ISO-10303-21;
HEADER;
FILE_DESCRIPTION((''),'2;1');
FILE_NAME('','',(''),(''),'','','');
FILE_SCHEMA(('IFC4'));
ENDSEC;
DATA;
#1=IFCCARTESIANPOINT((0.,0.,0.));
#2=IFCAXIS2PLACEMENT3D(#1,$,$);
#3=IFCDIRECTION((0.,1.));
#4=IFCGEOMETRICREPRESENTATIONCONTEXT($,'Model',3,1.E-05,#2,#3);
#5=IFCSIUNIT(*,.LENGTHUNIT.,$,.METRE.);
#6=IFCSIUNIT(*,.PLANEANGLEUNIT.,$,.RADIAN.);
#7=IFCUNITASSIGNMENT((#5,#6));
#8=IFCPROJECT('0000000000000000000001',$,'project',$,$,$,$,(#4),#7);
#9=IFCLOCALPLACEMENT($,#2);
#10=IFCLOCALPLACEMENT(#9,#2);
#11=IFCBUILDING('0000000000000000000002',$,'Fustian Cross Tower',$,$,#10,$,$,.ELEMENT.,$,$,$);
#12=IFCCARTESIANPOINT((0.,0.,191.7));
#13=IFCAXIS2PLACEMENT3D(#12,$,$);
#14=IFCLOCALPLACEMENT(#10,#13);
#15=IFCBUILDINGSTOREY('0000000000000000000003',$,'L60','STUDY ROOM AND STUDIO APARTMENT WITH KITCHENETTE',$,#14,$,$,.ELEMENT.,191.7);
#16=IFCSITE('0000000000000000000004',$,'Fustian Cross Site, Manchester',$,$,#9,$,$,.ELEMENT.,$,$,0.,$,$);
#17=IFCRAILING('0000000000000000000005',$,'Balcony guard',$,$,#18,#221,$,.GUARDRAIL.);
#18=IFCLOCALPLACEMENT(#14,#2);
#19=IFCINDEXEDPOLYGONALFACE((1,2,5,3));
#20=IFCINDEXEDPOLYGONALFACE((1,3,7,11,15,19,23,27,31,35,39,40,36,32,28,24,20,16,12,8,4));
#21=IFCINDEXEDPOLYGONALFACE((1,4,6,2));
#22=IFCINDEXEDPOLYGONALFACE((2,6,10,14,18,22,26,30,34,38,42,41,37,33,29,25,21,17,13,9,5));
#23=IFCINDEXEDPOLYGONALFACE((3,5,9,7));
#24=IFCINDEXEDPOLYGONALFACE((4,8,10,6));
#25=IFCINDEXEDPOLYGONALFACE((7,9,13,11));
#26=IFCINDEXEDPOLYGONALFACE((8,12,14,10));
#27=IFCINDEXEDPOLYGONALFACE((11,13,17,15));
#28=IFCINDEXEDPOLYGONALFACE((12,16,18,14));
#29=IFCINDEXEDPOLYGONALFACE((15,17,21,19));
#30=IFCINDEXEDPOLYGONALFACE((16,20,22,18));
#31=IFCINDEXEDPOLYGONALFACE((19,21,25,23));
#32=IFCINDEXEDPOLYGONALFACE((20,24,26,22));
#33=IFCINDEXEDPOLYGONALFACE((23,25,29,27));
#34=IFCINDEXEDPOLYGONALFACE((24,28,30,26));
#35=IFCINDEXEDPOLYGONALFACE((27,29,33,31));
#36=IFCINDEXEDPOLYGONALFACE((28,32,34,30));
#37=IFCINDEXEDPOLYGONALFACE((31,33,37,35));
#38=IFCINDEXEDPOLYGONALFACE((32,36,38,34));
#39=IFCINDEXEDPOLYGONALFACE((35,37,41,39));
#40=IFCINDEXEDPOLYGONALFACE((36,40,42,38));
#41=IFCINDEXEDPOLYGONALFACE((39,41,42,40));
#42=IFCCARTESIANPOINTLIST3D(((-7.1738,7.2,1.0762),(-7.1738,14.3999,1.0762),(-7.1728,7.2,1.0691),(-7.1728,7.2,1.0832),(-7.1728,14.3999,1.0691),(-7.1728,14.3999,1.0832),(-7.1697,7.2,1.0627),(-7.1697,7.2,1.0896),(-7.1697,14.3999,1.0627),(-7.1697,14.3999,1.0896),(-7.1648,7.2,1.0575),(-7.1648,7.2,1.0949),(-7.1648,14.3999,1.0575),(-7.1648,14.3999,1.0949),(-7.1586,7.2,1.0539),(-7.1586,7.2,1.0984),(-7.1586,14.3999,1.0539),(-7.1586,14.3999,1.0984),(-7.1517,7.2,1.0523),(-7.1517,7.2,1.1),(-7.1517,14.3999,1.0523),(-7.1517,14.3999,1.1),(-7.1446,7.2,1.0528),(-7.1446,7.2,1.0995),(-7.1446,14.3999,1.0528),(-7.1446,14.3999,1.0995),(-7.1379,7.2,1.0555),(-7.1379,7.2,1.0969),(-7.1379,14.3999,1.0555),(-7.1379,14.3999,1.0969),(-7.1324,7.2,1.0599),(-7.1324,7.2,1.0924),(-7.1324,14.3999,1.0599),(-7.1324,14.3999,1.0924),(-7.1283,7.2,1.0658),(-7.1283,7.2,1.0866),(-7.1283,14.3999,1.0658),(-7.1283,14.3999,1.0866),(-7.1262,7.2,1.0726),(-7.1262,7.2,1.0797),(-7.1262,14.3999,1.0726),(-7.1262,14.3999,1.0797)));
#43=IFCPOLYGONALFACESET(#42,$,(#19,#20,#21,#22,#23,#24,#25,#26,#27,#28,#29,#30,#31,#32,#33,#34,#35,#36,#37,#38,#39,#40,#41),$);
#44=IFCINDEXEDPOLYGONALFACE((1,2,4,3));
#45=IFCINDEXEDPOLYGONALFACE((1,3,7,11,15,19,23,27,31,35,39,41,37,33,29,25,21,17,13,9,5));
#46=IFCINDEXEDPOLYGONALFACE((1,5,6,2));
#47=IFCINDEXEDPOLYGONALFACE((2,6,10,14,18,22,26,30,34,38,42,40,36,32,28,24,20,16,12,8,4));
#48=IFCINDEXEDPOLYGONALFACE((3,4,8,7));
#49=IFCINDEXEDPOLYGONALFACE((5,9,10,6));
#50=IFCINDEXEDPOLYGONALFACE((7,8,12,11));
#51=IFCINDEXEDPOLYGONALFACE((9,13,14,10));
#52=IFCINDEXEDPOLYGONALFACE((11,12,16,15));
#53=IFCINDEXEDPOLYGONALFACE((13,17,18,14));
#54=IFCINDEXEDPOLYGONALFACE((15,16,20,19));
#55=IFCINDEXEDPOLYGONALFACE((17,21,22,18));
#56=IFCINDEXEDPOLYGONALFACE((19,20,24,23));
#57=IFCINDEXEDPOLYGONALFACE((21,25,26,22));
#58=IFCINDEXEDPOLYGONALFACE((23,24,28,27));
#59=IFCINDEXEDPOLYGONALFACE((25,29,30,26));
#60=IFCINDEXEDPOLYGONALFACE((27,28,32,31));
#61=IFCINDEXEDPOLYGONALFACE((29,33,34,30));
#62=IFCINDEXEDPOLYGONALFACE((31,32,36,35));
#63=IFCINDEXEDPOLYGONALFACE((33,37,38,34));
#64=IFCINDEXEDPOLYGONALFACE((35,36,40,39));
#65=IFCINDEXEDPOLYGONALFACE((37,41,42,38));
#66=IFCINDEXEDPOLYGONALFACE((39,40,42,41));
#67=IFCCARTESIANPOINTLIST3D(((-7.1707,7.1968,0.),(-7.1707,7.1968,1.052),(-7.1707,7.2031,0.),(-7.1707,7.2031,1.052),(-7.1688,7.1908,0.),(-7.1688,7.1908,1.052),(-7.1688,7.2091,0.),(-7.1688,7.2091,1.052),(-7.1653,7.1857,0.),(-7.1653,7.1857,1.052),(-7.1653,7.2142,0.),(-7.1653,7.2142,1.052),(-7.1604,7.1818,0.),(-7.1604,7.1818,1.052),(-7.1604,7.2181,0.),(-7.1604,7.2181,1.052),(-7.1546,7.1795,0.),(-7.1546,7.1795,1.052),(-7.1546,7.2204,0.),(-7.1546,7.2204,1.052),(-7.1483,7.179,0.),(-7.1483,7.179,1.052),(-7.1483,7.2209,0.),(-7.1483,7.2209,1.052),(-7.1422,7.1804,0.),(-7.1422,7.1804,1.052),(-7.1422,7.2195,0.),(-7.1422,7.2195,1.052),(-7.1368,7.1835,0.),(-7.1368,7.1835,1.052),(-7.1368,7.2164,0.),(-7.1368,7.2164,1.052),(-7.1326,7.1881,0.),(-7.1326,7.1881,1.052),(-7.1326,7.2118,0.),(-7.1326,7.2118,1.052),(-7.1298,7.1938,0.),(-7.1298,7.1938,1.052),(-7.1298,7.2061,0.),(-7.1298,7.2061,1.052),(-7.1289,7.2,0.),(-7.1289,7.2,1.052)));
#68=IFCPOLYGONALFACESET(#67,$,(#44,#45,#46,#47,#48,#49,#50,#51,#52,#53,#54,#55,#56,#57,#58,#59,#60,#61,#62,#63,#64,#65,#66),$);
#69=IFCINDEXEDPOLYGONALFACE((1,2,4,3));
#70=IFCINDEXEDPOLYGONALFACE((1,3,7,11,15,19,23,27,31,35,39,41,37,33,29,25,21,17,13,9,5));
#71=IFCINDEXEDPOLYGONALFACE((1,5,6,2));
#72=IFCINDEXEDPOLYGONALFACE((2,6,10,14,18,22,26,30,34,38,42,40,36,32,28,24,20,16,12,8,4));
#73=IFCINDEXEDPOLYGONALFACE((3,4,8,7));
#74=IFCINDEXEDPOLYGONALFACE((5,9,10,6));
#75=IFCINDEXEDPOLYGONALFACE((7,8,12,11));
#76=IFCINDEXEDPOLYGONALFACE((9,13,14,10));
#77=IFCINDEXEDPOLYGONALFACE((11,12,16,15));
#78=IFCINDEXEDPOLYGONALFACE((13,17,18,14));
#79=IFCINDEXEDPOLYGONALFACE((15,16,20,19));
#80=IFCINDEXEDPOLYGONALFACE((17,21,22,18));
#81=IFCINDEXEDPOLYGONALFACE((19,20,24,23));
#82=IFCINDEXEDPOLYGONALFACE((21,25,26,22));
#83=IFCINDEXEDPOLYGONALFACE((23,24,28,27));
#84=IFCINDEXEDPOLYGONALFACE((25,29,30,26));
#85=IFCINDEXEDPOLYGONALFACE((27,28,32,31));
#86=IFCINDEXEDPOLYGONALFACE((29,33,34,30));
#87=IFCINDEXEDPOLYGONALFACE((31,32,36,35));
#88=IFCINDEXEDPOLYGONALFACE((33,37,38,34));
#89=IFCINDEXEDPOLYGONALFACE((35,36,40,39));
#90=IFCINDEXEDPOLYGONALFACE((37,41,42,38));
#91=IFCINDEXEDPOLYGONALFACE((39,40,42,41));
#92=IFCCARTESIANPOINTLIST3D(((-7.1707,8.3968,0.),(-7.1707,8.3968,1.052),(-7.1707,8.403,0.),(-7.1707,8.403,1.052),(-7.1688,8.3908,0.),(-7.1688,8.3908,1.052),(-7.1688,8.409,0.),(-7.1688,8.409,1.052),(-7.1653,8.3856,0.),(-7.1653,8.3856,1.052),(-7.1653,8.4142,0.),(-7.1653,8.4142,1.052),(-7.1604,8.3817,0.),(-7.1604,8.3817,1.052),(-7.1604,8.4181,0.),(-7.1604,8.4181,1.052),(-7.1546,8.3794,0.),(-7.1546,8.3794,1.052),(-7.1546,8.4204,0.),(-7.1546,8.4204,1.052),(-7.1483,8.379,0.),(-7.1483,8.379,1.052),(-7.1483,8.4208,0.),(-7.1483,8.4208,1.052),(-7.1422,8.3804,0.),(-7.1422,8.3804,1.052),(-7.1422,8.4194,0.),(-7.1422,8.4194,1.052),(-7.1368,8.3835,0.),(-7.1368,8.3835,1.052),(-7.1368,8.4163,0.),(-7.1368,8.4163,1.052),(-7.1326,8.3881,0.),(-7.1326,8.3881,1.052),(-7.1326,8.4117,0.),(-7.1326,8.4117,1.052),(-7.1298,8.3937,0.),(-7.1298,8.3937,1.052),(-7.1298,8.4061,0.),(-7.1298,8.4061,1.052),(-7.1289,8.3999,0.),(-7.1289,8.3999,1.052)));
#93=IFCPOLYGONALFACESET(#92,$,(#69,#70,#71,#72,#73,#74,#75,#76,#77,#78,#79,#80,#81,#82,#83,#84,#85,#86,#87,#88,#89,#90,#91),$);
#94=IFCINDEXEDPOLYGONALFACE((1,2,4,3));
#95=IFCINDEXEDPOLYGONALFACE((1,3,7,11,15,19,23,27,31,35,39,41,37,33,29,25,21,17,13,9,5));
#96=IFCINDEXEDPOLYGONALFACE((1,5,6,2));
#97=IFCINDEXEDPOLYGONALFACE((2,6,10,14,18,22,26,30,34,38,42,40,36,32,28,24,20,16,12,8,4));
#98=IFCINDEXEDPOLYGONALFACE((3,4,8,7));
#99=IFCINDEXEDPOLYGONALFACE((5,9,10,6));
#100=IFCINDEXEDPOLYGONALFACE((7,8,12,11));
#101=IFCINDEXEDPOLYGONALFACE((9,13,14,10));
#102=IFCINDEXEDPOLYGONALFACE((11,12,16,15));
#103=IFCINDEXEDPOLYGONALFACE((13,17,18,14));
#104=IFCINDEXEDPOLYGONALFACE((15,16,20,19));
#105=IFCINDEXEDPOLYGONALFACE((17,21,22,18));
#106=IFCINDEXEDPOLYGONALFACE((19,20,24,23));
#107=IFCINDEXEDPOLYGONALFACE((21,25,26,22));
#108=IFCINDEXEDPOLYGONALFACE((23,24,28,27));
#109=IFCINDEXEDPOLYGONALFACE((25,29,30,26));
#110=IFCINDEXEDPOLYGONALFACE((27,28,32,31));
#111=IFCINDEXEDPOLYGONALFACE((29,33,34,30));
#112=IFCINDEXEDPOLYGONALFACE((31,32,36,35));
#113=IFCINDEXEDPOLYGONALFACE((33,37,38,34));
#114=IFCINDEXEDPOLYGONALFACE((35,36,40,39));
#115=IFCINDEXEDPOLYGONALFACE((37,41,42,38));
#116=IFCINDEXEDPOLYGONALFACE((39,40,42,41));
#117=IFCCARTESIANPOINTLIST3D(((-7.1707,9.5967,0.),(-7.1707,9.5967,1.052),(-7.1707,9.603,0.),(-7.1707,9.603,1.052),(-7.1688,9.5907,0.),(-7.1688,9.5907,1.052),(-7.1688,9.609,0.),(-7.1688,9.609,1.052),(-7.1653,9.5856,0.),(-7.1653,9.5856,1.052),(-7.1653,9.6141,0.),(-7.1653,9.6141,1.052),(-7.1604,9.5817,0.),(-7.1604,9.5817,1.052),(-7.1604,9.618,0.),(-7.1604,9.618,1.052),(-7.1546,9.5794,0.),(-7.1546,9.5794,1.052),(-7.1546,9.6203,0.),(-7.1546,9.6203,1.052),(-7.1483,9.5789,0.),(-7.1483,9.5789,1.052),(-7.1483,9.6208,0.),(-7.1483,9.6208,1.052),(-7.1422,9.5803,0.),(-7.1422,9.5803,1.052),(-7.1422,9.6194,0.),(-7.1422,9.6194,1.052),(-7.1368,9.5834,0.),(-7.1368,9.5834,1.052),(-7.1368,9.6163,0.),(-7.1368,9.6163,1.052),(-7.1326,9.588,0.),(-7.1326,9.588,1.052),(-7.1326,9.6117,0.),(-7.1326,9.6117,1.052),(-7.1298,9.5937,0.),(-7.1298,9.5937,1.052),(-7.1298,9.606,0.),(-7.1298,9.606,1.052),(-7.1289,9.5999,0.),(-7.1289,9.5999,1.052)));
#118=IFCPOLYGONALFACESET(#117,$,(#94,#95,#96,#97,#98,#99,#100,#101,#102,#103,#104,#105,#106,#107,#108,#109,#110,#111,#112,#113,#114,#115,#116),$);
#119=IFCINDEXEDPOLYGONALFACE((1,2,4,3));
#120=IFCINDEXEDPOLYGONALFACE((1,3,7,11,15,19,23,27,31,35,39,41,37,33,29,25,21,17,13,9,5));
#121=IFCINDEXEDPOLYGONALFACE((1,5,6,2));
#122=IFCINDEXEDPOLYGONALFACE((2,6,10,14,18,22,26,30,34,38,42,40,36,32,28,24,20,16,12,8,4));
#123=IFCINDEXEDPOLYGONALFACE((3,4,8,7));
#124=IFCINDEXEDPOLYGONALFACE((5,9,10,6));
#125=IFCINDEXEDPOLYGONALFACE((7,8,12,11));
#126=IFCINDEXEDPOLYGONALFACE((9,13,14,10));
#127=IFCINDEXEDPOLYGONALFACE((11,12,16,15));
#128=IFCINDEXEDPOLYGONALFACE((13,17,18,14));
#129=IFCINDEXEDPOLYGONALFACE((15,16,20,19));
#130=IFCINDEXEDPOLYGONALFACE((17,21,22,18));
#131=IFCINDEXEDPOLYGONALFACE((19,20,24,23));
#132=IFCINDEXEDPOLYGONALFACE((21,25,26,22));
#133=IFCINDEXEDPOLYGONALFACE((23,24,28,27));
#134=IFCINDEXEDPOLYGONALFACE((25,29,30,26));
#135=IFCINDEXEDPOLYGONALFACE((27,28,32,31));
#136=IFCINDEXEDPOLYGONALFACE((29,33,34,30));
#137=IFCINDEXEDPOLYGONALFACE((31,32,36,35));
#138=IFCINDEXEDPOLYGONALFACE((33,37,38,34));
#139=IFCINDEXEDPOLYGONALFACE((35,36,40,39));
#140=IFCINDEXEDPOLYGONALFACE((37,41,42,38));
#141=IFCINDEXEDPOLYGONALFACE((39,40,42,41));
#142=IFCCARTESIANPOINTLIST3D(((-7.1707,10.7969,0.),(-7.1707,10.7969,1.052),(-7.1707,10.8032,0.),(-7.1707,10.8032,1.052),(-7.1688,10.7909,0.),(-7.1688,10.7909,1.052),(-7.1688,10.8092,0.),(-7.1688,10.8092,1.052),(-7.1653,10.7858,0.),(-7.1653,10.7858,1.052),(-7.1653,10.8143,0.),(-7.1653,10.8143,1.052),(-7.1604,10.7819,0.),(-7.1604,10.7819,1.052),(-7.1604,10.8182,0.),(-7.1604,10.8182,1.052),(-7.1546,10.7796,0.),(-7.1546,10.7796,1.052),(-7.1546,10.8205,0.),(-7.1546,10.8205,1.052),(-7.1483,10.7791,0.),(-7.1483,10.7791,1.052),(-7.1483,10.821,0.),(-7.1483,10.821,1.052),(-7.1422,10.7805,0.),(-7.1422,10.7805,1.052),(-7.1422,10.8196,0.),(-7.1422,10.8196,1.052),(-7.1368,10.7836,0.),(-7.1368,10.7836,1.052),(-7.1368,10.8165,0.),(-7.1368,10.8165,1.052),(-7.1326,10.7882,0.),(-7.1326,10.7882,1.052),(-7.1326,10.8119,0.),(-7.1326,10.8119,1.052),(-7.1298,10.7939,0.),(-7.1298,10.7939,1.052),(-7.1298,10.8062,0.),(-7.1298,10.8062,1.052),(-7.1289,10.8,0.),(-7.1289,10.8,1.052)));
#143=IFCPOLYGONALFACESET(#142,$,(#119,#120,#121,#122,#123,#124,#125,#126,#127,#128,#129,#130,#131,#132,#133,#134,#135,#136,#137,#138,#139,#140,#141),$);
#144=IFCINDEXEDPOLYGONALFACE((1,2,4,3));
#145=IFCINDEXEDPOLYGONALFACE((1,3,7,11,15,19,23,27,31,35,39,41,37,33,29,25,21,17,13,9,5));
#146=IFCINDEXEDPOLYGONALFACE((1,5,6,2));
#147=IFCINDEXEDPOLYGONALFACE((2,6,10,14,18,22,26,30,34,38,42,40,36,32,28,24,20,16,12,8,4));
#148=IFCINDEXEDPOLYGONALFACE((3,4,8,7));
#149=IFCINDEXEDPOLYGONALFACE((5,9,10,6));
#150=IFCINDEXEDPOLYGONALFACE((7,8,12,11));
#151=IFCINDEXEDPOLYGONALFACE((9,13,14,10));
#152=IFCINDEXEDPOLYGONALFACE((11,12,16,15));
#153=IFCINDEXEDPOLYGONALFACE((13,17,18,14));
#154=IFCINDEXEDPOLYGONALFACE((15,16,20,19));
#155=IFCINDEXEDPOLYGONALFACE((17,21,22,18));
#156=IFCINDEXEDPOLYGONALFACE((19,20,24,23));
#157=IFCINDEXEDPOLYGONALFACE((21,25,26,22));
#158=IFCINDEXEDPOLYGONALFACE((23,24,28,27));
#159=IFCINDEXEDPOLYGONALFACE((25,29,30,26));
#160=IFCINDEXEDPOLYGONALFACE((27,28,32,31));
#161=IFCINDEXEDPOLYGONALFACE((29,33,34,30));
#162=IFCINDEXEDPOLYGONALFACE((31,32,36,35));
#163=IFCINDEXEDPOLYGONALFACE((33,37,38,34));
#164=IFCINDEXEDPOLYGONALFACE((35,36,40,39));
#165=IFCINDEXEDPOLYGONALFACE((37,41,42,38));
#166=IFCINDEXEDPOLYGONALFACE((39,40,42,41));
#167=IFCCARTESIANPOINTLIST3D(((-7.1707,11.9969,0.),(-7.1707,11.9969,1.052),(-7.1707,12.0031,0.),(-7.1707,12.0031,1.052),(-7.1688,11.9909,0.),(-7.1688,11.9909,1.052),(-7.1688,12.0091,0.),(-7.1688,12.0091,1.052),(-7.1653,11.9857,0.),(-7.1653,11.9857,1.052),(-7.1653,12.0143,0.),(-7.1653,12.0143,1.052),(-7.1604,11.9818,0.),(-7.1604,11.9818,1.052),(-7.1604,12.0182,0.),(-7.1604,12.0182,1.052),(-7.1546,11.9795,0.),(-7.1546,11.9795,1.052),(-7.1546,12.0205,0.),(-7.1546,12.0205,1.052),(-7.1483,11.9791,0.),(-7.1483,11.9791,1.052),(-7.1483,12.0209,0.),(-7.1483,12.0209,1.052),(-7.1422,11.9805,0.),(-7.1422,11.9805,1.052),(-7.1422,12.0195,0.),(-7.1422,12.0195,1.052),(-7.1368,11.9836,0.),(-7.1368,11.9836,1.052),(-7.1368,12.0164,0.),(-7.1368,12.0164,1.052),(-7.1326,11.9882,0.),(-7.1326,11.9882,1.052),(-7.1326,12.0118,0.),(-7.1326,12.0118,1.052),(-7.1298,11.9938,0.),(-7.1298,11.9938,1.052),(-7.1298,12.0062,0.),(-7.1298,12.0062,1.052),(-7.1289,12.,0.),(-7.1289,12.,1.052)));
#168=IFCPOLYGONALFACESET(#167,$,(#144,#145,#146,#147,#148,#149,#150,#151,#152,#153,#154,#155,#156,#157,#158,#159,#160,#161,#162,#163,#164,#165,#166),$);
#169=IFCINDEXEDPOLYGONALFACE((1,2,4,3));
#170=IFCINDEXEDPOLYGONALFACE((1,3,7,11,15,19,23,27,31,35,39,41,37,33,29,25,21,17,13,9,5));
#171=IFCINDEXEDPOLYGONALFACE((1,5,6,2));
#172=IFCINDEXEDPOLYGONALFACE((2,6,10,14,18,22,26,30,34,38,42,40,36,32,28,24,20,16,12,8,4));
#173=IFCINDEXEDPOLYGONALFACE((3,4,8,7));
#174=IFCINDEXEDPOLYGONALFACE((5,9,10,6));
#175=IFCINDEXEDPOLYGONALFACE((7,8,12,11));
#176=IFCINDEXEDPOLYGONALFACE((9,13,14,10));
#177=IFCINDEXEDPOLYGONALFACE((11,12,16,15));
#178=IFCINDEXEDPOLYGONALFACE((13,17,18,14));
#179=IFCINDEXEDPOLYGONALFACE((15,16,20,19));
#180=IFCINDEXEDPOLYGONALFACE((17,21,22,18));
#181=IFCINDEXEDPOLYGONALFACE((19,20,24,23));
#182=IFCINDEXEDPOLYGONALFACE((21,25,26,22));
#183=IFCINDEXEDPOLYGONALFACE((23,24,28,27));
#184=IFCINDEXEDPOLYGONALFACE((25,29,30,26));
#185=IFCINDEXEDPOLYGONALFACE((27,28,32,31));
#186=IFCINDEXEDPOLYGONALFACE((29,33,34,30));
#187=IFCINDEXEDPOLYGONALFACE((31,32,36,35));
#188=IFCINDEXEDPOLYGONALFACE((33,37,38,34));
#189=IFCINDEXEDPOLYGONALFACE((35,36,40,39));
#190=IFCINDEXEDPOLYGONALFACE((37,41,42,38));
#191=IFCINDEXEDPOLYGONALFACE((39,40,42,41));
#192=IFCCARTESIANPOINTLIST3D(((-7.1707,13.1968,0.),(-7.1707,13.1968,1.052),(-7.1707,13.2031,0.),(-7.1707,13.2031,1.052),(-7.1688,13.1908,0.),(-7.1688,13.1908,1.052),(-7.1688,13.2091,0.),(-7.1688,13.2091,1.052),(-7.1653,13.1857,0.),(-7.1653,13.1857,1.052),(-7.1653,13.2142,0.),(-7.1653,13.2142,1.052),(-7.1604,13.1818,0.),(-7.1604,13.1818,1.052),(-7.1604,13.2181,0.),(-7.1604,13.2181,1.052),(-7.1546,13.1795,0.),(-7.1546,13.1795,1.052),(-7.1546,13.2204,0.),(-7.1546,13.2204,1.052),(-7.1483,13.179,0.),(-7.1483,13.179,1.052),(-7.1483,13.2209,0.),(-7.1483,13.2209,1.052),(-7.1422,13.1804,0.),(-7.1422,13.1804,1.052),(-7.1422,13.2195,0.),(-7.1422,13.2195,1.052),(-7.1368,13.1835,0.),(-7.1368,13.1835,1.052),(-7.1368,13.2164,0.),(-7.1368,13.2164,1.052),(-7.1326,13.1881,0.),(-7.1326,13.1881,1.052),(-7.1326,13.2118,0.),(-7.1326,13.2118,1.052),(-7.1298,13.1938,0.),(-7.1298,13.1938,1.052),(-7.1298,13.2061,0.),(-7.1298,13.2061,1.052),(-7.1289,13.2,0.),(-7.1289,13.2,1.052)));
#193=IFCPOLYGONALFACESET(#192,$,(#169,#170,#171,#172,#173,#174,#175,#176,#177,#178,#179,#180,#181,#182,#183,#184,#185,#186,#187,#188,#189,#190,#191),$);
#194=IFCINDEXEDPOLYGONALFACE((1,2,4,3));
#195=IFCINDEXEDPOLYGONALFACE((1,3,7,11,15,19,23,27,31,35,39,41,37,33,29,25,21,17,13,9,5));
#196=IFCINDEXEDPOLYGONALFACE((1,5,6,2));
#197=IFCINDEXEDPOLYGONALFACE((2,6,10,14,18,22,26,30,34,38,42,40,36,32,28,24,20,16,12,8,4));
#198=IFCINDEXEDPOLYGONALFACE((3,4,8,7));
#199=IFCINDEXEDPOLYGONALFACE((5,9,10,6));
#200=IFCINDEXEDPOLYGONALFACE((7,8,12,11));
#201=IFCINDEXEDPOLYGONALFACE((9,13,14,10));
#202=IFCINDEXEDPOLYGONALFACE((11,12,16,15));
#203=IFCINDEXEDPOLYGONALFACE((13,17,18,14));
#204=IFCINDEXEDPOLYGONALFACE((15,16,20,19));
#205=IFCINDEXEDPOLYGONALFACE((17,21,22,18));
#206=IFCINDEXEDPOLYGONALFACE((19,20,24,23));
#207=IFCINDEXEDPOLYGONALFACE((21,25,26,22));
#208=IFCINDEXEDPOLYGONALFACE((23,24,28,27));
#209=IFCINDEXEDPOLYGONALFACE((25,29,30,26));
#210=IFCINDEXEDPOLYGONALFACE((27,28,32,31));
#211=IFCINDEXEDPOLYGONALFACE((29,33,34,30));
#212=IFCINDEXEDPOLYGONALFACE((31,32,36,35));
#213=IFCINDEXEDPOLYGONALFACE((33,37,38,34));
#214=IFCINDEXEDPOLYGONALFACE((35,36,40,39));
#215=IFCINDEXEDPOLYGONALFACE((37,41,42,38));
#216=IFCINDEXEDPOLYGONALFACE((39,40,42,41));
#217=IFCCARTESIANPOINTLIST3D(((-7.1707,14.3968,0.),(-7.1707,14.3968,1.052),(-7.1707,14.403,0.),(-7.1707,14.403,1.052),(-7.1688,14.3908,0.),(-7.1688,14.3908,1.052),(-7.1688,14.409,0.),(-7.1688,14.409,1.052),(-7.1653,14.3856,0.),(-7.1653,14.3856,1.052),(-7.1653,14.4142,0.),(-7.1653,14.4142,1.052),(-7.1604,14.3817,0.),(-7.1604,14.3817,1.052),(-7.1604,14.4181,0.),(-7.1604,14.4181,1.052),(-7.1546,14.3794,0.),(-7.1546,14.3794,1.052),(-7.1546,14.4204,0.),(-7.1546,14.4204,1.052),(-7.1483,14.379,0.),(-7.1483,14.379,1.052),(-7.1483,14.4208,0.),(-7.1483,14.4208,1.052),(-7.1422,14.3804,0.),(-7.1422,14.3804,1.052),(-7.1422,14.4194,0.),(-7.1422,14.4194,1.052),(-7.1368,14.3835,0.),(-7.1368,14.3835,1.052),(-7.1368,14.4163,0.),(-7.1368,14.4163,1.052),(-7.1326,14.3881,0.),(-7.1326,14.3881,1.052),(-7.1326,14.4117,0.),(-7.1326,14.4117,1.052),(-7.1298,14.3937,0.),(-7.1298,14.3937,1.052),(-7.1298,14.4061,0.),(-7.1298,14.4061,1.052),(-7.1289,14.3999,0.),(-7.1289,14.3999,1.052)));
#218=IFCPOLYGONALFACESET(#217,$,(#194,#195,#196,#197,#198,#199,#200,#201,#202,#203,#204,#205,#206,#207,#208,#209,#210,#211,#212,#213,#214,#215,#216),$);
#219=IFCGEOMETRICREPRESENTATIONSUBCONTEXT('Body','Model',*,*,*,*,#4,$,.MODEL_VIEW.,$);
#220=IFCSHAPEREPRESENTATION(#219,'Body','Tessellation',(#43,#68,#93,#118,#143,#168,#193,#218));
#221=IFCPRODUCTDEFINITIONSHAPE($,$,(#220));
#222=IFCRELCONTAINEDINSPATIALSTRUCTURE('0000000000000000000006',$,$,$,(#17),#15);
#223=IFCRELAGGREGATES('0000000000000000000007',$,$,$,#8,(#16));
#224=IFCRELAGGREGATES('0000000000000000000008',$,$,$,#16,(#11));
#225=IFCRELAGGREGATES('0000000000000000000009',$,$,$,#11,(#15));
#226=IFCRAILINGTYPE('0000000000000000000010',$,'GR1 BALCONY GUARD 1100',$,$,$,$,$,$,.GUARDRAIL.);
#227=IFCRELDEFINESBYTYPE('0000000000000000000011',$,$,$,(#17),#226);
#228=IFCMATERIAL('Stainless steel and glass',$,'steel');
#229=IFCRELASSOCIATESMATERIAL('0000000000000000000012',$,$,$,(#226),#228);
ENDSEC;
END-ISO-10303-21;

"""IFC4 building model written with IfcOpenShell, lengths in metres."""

from ifc_helpers import new_model, si_unit, direction, frame, origin, origin_2d, place, context, subcontext, project, spatial, circle, extrude, material, type_object, element, save


model = new_model("IFC4")

# Units and contexts
model_context = context("Model", 3, precision=1e-05, world=origin(), true_north=direction((0.0, 1.0)))
body_context = subcontext(model_context, "Body", "Model", "MODEL_VIEW")
ifc_project = project(units=[si_unit("LENGTHUNIT", "METRE"), si_unit("PLANEANGLEUNIT", "RADIAN")], contexts=[model_context])

# Site, building, storey
site_placement = place(None, origin())
site = spatial("IfcSite", under=ifc_project, at=site_placement, Name="Fustian Cross Site, Manchester", CompositionType="ELEMENT", RefElevation=0.0)
building_placement = place(site_placement, origin())
building = spatial("IfcBuilding", under=site, at=building_placement, Name="Fustian Cross Tower", CompositionType="ELEMENT")
storey_placement = place(building_placement, frame((0.0, 0.0, 191.7)))
storey = spatial("IfcBuildingStorey", under=building, at=storey_placement, Name="L60", Description="STUDY ROOM AND STUDIO APARTMENT WITH KITCHENETTE", CompositionType="ELEMENT", Elevation=191.7)

# Railing
ifc_material_1 = material(Name="Stainless steel and glass", Category="steel")
railing_type = type_object("IfcRailingType", Name="GR1 BALCONY GUARD 1100", PredefinedType="GUARDRAIL", material=ifc_material_1)
railing_placement = place(storey_placement, frame((-7.1499, 7.2, 0.0)))
element("IfcRailing", 1, at=railing_placement, inside=storey, type_object=railing_type, Name="Balcony guard", PredefinedType="GUARDRAIL", context=body_context, shape_type="SweptSolid", body=[
    extrude(circle(Radius=0.0239, at=origin_2d()), frame((0.0, 0.0, 1.0762), z_axis=(0.0, 1.0, 0.0), x_axis=(-1.0, 0.0, 0.0)), (0.0, 0.0, 1.0), 7.2),
    extrude(circle(Radius=0.021, at=origin_2d()), origin(), (0.0, 0.0, 1.0), 1.052),
    extrude(circle(Radius=0.021, at=origin_2d()), frame((0.0, 1.2, 0.0)), (0.0, 0.0, 1.0), 1.052),
    extrude(circle(Radius=0.021, at=origin_2d()), frame((0.0, 2.3999, 0.0)), (0.0, 0.0, 1.0), 1.052),
    extrude(circle(Radius=0.021, at=origin_2d()), frame((0.0, 3.6001, 0.0)), (0.0, 0.0, 1.0), 1.052),
    extrude(circle(Radius=0.021, at=origin_2d()), frame((0.0, 4.8, 0.0)), (0.0, 0.0, 1.0), 1.052),
    extrude(circle(Radius=0.021, at=origin_2d()), frame((0.0, 6.0, 0.0)), (0.0, 0.0, 1.0), 1.052),
    extrude(circle(Radius=0.021, at=origin_2d()), frame((0.0, 7.2, 0.0)), (0.0, 0.0, 1.0), 1.052),
])

save(model, "model.ifc")
